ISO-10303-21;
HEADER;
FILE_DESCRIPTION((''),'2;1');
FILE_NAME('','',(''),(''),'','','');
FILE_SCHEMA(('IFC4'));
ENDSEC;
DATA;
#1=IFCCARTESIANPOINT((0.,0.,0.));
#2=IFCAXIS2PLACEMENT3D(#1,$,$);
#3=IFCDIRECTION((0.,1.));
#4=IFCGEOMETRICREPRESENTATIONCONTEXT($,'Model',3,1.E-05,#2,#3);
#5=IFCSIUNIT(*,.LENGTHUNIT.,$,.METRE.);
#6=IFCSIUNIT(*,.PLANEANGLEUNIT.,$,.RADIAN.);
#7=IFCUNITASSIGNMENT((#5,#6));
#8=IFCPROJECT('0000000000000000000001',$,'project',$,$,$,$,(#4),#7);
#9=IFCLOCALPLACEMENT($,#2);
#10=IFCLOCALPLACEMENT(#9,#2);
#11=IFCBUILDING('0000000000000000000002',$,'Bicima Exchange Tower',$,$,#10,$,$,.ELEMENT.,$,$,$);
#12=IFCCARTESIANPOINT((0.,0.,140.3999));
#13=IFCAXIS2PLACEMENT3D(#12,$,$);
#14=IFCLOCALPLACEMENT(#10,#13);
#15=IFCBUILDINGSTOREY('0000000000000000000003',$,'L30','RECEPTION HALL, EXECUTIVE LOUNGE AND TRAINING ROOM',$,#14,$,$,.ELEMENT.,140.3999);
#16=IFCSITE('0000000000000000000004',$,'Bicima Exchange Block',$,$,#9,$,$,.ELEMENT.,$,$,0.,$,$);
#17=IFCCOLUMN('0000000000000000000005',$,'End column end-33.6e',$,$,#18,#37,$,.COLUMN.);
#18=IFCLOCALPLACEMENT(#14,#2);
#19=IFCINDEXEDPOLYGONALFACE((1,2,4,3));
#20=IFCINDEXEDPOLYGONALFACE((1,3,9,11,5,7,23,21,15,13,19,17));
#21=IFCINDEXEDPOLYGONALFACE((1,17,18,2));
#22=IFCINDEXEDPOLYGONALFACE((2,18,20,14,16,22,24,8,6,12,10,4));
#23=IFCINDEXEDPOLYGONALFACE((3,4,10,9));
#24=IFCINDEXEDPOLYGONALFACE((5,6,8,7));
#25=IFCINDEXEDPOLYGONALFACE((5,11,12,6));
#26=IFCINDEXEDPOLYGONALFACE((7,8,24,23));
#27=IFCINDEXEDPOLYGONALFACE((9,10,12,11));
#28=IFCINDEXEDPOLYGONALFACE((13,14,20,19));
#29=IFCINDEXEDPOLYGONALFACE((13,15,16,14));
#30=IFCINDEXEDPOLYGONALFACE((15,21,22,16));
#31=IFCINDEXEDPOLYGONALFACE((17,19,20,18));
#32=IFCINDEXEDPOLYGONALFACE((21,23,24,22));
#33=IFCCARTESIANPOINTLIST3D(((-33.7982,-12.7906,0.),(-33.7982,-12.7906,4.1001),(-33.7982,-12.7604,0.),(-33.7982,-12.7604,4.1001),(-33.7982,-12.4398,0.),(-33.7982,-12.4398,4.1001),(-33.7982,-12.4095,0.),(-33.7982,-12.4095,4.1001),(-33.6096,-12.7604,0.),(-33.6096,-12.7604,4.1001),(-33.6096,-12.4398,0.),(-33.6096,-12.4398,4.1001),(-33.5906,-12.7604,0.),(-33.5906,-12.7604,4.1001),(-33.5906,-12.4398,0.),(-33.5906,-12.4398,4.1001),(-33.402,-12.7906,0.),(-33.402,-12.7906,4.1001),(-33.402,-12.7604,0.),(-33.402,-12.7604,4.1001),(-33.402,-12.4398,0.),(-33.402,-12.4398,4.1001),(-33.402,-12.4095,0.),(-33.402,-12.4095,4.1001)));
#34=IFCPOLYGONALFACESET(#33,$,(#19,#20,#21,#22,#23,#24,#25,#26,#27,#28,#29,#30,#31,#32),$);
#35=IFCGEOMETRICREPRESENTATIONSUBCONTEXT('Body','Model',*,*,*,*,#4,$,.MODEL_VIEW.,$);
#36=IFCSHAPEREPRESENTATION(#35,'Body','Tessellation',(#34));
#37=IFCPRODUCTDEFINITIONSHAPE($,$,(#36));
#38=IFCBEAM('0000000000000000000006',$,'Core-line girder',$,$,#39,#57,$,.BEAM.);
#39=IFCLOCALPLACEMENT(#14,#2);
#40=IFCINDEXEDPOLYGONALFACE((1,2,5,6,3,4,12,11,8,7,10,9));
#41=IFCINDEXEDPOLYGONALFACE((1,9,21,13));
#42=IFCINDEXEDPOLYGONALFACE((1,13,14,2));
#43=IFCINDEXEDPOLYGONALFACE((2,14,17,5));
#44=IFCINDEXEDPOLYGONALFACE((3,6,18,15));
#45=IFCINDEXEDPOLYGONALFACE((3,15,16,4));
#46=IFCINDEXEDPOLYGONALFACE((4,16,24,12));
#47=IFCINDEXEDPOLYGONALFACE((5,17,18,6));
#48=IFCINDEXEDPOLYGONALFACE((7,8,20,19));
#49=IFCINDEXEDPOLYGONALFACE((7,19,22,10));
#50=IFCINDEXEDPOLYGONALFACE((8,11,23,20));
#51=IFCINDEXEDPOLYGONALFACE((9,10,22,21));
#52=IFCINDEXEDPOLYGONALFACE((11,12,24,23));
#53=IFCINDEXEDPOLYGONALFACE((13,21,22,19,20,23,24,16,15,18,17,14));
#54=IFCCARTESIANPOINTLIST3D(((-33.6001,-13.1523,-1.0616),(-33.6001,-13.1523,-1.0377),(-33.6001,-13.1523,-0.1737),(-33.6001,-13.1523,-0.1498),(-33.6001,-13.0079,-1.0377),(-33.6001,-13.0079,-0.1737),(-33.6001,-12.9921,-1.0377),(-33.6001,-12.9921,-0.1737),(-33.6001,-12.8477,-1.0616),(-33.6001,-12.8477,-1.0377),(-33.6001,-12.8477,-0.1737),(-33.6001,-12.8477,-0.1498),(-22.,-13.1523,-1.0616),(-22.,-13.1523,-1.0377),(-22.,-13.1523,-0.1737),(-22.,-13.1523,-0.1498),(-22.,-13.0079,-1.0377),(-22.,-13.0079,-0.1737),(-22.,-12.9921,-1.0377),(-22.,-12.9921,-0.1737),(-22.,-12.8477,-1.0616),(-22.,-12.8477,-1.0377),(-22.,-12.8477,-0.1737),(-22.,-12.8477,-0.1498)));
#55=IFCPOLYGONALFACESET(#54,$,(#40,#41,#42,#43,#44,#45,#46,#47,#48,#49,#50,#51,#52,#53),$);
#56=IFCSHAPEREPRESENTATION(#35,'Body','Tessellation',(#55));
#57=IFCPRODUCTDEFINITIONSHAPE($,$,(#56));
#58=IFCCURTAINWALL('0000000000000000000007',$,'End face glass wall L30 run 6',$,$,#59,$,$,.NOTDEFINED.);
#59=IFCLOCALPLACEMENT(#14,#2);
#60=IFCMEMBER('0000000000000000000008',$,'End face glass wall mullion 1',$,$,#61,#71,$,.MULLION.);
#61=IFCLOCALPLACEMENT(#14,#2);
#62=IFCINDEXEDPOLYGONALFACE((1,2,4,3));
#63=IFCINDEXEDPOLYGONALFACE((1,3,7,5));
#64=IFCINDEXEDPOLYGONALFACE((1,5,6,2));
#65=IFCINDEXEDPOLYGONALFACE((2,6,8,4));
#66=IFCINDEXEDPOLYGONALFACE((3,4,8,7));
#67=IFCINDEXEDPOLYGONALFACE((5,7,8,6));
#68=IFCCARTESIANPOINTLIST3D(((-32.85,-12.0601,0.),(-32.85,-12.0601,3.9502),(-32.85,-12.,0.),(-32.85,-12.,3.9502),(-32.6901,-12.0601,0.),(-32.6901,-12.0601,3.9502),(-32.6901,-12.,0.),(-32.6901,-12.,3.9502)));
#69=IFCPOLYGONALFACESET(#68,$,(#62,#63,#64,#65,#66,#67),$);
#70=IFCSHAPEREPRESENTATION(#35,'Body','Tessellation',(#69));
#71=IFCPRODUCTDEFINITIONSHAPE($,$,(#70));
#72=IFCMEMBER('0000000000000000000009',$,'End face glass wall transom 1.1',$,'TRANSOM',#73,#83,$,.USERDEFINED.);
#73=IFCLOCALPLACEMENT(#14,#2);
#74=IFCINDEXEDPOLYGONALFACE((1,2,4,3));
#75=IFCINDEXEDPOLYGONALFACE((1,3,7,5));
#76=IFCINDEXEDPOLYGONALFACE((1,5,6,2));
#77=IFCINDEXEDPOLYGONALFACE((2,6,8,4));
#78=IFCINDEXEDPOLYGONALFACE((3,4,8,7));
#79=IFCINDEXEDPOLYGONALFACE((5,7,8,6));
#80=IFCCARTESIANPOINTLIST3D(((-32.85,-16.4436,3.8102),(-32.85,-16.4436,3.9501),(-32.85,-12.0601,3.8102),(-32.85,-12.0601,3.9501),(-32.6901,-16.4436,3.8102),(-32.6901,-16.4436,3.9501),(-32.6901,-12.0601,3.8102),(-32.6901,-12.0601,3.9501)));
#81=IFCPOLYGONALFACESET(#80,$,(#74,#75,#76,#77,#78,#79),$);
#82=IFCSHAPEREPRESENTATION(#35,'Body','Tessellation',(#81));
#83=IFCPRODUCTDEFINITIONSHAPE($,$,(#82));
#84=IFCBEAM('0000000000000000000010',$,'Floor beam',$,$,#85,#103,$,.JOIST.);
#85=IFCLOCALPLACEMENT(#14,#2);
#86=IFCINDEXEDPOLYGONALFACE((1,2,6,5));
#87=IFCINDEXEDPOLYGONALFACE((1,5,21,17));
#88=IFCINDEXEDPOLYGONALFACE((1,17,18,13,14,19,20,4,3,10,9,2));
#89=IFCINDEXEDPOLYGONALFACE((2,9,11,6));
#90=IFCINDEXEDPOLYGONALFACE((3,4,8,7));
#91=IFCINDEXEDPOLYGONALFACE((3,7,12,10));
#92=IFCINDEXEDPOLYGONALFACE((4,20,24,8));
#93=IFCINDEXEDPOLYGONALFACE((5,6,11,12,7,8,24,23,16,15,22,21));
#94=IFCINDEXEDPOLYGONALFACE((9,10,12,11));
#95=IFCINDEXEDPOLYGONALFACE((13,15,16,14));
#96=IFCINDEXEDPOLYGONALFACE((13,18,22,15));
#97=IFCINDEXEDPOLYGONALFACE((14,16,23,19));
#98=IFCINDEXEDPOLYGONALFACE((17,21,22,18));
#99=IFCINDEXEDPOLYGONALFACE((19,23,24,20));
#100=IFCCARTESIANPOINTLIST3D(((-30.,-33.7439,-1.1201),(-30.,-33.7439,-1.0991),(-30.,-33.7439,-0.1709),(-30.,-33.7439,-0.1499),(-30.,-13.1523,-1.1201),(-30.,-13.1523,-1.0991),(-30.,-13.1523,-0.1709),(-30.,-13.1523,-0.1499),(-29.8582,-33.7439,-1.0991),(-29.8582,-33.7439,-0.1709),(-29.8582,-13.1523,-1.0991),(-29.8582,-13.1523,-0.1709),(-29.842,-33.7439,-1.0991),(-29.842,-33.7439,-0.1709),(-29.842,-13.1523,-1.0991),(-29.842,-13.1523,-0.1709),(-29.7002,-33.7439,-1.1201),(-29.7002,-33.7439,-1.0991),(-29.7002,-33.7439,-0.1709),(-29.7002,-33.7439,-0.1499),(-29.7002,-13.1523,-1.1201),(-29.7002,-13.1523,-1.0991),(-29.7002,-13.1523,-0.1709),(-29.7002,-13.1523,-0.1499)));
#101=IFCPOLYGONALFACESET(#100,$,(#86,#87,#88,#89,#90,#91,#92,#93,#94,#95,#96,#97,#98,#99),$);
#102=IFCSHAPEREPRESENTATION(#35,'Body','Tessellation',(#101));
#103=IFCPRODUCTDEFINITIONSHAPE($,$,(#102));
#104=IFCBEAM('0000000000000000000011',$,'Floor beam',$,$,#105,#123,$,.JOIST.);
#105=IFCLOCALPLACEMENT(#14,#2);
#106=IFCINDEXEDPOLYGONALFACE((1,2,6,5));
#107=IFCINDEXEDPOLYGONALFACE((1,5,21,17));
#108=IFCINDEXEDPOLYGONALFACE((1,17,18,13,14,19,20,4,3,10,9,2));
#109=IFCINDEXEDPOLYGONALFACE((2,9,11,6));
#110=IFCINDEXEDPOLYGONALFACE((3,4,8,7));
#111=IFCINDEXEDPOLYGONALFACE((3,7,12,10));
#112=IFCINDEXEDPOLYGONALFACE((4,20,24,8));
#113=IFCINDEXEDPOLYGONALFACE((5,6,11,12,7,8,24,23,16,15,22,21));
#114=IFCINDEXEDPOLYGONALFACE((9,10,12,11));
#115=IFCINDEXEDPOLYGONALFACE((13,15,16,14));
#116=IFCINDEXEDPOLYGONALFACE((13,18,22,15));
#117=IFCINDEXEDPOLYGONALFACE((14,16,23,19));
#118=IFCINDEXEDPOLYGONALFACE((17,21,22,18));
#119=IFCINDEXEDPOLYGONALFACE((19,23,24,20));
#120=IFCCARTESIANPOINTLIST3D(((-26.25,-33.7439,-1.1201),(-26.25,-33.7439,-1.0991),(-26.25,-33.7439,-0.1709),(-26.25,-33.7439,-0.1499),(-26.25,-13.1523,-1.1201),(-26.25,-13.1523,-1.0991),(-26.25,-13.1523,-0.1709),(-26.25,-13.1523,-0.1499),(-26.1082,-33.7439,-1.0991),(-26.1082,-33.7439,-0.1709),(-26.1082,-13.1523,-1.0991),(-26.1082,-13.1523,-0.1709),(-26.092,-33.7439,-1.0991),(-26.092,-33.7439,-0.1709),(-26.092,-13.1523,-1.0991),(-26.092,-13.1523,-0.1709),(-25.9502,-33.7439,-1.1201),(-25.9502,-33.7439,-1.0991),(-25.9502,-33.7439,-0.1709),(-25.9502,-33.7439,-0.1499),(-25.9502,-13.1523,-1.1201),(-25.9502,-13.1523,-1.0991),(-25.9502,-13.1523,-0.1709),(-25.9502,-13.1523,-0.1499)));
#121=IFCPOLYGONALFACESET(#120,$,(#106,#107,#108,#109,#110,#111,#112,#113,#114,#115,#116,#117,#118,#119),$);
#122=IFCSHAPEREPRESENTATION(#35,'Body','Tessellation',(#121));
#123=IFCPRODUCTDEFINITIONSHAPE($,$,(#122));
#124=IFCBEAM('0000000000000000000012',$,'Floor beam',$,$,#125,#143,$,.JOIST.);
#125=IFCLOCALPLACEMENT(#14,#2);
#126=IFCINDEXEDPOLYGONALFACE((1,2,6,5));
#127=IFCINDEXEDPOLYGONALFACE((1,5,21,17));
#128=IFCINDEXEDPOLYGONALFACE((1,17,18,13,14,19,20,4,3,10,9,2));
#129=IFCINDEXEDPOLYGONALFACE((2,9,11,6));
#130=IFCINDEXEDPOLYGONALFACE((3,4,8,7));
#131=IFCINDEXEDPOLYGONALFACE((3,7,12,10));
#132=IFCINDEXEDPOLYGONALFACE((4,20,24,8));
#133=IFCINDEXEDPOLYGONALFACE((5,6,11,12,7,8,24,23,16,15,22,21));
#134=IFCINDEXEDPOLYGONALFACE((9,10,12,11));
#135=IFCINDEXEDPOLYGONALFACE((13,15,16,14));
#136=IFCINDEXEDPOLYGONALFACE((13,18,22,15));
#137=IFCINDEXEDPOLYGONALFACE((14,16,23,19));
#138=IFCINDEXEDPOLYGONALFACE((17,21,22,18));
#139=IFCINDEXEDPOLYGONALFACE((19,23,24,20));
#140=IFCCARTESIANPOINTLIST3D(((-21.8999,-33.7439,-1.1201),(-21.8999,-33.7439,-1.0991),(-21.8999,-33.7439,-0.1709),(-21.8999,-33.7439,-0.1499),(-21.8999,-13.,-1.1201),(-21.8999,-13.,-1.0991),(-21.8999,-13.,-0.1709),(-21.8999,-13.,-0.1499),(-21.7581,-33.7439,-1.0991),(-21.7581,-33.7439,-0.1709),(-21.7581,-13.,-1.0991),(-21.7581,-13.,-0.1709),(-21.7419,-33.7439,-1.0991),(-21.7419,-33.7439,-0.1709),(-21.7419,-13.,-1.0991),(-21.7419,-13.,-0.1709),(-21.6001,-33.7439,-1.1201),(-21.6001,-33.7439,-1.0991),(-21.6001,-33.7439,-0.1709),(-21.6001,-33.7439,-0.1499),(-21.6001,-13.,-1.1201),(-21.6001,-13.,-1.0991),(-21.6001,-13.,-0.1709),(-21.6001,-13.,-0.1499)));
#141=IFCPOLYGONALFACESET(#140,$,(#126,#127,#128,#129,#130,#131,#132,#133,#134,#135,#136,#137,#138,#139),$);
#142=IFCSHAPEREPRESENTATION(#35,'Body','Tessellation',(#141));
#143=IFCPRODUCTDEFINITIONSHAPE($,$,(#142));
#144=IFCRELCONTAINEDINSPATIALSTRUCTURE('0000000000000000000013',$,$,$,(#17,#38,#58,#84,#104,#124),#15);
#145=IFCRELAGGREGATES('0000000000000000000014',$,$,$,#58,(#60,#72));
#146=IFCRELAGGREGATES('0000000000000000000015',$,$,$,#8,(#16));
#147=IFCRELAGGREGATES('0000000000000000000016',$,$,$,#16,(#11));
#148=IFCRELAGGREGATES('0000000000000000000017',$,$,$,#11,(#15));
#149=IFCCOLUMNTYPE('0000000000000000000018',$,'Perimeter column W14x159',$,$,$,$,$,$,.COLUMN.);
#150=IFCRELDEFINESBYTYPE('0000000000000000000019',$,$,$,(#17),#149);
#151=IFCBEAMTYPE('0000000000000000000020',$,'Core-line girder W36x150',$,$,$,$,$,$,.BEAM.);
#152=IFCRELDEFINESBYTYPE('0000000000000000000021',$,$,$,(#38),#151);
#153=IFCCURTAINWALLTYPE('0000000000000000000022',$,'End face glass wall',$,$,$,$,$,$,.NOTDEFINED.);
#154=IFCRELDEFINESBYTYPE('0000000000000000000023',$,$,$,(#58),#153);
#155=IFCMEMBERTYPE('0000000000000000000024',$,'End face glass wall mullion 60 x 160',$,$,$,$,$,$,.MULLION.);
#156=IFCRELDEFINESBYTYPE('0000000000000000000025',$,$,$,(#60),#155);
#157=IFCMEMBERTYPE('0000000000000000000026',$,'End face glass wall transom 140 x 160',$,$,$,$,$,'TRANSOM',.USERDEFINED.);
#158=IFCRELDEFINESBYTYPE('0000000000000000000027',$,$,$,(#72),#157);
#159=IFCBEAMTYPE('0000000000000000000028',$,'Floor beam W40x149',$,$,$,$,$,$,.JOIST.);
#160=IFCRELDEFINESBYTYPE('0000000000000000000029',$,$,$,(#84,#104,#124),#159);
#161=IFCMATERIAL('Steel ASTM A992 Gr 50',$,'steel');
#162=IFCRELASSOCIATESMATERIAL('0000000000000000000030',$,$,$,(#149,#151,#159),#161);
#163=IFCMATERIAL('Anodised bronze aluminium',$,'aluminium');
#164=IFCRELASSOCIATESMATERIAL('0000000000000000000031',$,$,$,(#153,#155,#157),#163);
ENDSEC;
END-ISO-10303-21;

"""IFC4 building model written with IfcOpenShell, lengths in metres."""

from ifc_helpers import new_model, si_unit, direction, frame, origin, origin_2d, place, context, subcontext, project, spatial, rectangle, i_section, extrude, material, material_profile, profile_set, type_object, element, aggregate, save


model = new_model("IFC4")

# Units and contexts
model_context = context("Model", 3, precision=1e-05, world=origin(), true_north=direction((0.0, 1.0)))
body_context = subcontext(model_context, "Body", "Model", "MODEL_VIEW")
ifc_project = project(units=[si_unit("LENGTHUNIT", "METRE"), si_unit("PLANEANGLEUNIT", "RADIAN")], contexts=[model_context])

# Site, building, storey
site_placement = place(None, origin())
site = spatial("IfcSite", under=ifc_project, at=site_placement, Name="Bicima Exchange Block", CompositionType="ELEMENT", RefElevation=0.0)
building_placement = place(site_placement, origin())
building = spatial("IfcBuilding", under=site, at=building_placement, Name="Bicima Exchange Tower", CompositionType="ELEMENT")
storey_placement = place(building_placement, frame((0.0, 0.0, 140.3999)))
storey = spatial("IfcBuildingStorey", under=building, at=storey_placement, Name="L30", Description="RECEPTION HALL, EXECUTIVE LOUNGE AND TRAINING ROOM", CompositionType="ELEMENT", Elevation=140.3999)

# Column
ifc_material_1 = material(Name="Steel ASTM A992 Gr 50", Category="steel")
ifc_material_profile_1 = material_profile(ifc_material_1, i_section(OverallWidth=0.3962, OverallDepth=0.3811, WebThickness=0.019, FlangeThickness=0.0303, at=origin_2d()))
ifc_profile_set_1 = profile_set([ifc_material_profile_1], Name="Steel ASTM A992 Gr 50")
column_type = type_object("IfcColumnType", Name="Perimeter column W14x159", PredefinedType="COLUMN", material=ifc_profile_set_1)
column_placement = place(storey_placement, frame((-33.6001, -12.6001, 0.0), z_axis=(0.0, 0.0, 1.0), x_axis=(1.0, 0.0, 0.0)))
element("IfcColumn", 1, at=column_placement, inside=storey, type_object=column_type, Name="End column end-33.6e", PredefinedType="COLUMN", context=body_context, shape_type="SweptSolid", body=[
    extrude(i_section(OverallWidth=0.3962, OverallDepth=0.3811, WebThickness=0.019, FlangeThickness=0.0303, at=origin_2d()), origin(), (0.0, 0.0, 1.0), 4.1001),
])

# Beam
ifc_material_profile_2 = material_profile(ifc_material_1, i_section(OverallWidth=0.3047, OverallDepth=0.9119, WebThickness=0.0159, FlangeThickness=0.0239, at=origin_2d()))
ifc_profile_set_2 = profile_set([ifc_material_profile_2], Name="Steel ASTM A992 Gr 50")
beam_type_1 = type_object("IfcBeamType", Name="Core-line girder W36x150", PredefinedType="BEAM", material=ifc_profile_set_2)
beam_1_placement = place(storey_placement, frame((-22.0, -13.0, -0.6057), z_axis=(-1.0, 0.0, 0.0), x_axis=(0.0, -1.0, 0.0)))
element("IfcBeam", 2, at=beam_1_placement, inside=storey, type_object=beam_type_1, Name="Core-line girder", PredefinedType="BEAM", context=body_context, shape_type="SweptSolid", body=[
    extrude(i_section(OverallWidth=0.3047, OverallDepth=0.9119, WebThickness=0.0159, FlangeThickness=0.0239, at=origin_2d()), origin(), (0.0, 0.0, 1.0), 11.6001),
])

# Curtain wall, members
ifc_material_2 = material(Name="Anodised bronze aluminium", Category="aluminium")
curtain_wall_type = type_object("IfcCurtainWallType", Name="End face glass wall", PredefinedType="NOTDEFINED", material=ifc_material_2)
curtain_wall_placement = place(storey_placement, origin())
curtain_wall = element("IfcCurtainWall", 3, at=curtain_wall_placement, inside=storey, type_object=curtain_wall_type, Name="End face glass wall L30 run 6", PredefinedType="NOTDEFINED")
ifc_material_profile_3 = material_profile(ifc_material_2, rectangle(XDim=0.1599, YDim=0.0601, at=origin_2d()))
ifc_profile_set_3 = profile_set([ifc_material_profile_3], Name="Anodised bronze aluminium")
member_type_1 = type_object("IfcMemberType", Name="End face glass wall mullion 60 x 160", PredefinedType="MULLION", material=ifc_profile_set_3)
member_1_placement = place(storey_placement, frame((-32.77, -12.03, 0.0), z_axis=(0.0, 0.0, 1.0), x_axis=(1.0, 0.0, 0.0)))
member_1 = element("IfcMember", 4, at=member_1_placement, type_object=member_type_1, Name="End face glass wall mullion 1", PredefinedType="MULLION", context=body_context, shape_type="SweptSolid", body=[
    extrude(rectangle(XDim=0.1599, YDim=0.0601, at=origin_2d()), origin(), (0.0, 0.0, 1.0), 3.9502),
])
ifc_material_profile_4 = material_profile(ifc_material_2, rectangle(XDim=0.1599, YDim=0.1399, at=origin_2d()))
ifc_profile_set_4 = profile_set([ifc_material_profile_4], Name="Anodised bronze aluminium")
member_type_2 = type_object("IfcMemberType", Name="End face glass wall transom 140 x 160", ElementType="TRANSOM", PredefinedType="USERDEFINED", material=ifc_profile_set_4)
member_2_placement = place(storey_placement, frame((-32.77, -12.0601, 3.8801), z_axis=(0.0, -1.0, 0.0), x_axis=(1.0, 0.0, 0.0)))
member_2 = element("IfcMember", 5, at=member_2_placement, type_object=member_type_2, Name="End face glass wall transom 1.1", ObjectType="TRANSOM", PredefinedType="USERDEFINED", context=body_context, shape_type="SweptSolid", body=[
    extrude(rectangle(XDim=0.1599, YDim=0.1399, at=origin_2d()), origin(), (0.0, 0.0, 1.0), 4.3835),
])
aggregate(curtain_wall, [member_1, member_2])

# Beams
ifc_material_profile_5 = material_profile(ifc_material_1, i_section(OverallWidth=0.2998, OverallDepth=0.9702, WebThickness=0.0161, FlangeThickness=0.021, at=origin_2d()))
ifc_profile_set_5 = profile_set([ifc_material_profile_5], Name="Steel ASTM A992 Gr 50")
beam_type_2 = type_object("IfcBeamType", Name="Floor beam W40x149", PredefinedType="JOIST", material=ifc_profile_set_5)
for number, where, z_axis, x_axis, name in (
    (6, (-29.8501, -13.1523, -0.635), (0.0, -1.0, 0.0), (1.0, 0.0, 0.0), "Floor beam"),
    (7, (-26.1001, -13.1523, -0.635), (0.0, -1.0, 0.0), (1.0, 0.0, 0.0), "Floor beam"),
):
    element("IfcBeam", number, at=place(storey_placement, frame(where, z_axis=z_axis, x_axis=x_axis)), inside=storey, type_object=beam_type_2, Name=name, PredefinedType="JOIST", context=body_context, shape_type="SweptSolid", body=[
        extrude(i_section(OverallWidth=0.2998, OverallDepth=0.9702, WebThickness=0.0161, FlangeThickness=0.021, at=origin_2d()), origin(), (0.0, 0.0, 1.0), 20.5916),
    ])
beam_2_placement = place(storey_placement, frame((-21.75, -13.0, -0.635), z_axis=(0.0, -1.0, 0.0), x_axis=(1.0, 0.0, 0.0)))
element("IfcBeam", 8, at=beam_2_placement, inside=storey, type_object=beam_type_2, Name="Floor beam", PredefinedType="JOIST", context=body_context, shape_type="SweptSolid", body=[
    extrude(i_section(OverallWidth=0.2998, OverallDepth=0.9702, WebThickness=0.0161, FlangeThickness=0.021, at=origin_2d()), origin(), (0.0, 0.0, 1.0), 20.7439),
])

save(model, "model.ifc")
